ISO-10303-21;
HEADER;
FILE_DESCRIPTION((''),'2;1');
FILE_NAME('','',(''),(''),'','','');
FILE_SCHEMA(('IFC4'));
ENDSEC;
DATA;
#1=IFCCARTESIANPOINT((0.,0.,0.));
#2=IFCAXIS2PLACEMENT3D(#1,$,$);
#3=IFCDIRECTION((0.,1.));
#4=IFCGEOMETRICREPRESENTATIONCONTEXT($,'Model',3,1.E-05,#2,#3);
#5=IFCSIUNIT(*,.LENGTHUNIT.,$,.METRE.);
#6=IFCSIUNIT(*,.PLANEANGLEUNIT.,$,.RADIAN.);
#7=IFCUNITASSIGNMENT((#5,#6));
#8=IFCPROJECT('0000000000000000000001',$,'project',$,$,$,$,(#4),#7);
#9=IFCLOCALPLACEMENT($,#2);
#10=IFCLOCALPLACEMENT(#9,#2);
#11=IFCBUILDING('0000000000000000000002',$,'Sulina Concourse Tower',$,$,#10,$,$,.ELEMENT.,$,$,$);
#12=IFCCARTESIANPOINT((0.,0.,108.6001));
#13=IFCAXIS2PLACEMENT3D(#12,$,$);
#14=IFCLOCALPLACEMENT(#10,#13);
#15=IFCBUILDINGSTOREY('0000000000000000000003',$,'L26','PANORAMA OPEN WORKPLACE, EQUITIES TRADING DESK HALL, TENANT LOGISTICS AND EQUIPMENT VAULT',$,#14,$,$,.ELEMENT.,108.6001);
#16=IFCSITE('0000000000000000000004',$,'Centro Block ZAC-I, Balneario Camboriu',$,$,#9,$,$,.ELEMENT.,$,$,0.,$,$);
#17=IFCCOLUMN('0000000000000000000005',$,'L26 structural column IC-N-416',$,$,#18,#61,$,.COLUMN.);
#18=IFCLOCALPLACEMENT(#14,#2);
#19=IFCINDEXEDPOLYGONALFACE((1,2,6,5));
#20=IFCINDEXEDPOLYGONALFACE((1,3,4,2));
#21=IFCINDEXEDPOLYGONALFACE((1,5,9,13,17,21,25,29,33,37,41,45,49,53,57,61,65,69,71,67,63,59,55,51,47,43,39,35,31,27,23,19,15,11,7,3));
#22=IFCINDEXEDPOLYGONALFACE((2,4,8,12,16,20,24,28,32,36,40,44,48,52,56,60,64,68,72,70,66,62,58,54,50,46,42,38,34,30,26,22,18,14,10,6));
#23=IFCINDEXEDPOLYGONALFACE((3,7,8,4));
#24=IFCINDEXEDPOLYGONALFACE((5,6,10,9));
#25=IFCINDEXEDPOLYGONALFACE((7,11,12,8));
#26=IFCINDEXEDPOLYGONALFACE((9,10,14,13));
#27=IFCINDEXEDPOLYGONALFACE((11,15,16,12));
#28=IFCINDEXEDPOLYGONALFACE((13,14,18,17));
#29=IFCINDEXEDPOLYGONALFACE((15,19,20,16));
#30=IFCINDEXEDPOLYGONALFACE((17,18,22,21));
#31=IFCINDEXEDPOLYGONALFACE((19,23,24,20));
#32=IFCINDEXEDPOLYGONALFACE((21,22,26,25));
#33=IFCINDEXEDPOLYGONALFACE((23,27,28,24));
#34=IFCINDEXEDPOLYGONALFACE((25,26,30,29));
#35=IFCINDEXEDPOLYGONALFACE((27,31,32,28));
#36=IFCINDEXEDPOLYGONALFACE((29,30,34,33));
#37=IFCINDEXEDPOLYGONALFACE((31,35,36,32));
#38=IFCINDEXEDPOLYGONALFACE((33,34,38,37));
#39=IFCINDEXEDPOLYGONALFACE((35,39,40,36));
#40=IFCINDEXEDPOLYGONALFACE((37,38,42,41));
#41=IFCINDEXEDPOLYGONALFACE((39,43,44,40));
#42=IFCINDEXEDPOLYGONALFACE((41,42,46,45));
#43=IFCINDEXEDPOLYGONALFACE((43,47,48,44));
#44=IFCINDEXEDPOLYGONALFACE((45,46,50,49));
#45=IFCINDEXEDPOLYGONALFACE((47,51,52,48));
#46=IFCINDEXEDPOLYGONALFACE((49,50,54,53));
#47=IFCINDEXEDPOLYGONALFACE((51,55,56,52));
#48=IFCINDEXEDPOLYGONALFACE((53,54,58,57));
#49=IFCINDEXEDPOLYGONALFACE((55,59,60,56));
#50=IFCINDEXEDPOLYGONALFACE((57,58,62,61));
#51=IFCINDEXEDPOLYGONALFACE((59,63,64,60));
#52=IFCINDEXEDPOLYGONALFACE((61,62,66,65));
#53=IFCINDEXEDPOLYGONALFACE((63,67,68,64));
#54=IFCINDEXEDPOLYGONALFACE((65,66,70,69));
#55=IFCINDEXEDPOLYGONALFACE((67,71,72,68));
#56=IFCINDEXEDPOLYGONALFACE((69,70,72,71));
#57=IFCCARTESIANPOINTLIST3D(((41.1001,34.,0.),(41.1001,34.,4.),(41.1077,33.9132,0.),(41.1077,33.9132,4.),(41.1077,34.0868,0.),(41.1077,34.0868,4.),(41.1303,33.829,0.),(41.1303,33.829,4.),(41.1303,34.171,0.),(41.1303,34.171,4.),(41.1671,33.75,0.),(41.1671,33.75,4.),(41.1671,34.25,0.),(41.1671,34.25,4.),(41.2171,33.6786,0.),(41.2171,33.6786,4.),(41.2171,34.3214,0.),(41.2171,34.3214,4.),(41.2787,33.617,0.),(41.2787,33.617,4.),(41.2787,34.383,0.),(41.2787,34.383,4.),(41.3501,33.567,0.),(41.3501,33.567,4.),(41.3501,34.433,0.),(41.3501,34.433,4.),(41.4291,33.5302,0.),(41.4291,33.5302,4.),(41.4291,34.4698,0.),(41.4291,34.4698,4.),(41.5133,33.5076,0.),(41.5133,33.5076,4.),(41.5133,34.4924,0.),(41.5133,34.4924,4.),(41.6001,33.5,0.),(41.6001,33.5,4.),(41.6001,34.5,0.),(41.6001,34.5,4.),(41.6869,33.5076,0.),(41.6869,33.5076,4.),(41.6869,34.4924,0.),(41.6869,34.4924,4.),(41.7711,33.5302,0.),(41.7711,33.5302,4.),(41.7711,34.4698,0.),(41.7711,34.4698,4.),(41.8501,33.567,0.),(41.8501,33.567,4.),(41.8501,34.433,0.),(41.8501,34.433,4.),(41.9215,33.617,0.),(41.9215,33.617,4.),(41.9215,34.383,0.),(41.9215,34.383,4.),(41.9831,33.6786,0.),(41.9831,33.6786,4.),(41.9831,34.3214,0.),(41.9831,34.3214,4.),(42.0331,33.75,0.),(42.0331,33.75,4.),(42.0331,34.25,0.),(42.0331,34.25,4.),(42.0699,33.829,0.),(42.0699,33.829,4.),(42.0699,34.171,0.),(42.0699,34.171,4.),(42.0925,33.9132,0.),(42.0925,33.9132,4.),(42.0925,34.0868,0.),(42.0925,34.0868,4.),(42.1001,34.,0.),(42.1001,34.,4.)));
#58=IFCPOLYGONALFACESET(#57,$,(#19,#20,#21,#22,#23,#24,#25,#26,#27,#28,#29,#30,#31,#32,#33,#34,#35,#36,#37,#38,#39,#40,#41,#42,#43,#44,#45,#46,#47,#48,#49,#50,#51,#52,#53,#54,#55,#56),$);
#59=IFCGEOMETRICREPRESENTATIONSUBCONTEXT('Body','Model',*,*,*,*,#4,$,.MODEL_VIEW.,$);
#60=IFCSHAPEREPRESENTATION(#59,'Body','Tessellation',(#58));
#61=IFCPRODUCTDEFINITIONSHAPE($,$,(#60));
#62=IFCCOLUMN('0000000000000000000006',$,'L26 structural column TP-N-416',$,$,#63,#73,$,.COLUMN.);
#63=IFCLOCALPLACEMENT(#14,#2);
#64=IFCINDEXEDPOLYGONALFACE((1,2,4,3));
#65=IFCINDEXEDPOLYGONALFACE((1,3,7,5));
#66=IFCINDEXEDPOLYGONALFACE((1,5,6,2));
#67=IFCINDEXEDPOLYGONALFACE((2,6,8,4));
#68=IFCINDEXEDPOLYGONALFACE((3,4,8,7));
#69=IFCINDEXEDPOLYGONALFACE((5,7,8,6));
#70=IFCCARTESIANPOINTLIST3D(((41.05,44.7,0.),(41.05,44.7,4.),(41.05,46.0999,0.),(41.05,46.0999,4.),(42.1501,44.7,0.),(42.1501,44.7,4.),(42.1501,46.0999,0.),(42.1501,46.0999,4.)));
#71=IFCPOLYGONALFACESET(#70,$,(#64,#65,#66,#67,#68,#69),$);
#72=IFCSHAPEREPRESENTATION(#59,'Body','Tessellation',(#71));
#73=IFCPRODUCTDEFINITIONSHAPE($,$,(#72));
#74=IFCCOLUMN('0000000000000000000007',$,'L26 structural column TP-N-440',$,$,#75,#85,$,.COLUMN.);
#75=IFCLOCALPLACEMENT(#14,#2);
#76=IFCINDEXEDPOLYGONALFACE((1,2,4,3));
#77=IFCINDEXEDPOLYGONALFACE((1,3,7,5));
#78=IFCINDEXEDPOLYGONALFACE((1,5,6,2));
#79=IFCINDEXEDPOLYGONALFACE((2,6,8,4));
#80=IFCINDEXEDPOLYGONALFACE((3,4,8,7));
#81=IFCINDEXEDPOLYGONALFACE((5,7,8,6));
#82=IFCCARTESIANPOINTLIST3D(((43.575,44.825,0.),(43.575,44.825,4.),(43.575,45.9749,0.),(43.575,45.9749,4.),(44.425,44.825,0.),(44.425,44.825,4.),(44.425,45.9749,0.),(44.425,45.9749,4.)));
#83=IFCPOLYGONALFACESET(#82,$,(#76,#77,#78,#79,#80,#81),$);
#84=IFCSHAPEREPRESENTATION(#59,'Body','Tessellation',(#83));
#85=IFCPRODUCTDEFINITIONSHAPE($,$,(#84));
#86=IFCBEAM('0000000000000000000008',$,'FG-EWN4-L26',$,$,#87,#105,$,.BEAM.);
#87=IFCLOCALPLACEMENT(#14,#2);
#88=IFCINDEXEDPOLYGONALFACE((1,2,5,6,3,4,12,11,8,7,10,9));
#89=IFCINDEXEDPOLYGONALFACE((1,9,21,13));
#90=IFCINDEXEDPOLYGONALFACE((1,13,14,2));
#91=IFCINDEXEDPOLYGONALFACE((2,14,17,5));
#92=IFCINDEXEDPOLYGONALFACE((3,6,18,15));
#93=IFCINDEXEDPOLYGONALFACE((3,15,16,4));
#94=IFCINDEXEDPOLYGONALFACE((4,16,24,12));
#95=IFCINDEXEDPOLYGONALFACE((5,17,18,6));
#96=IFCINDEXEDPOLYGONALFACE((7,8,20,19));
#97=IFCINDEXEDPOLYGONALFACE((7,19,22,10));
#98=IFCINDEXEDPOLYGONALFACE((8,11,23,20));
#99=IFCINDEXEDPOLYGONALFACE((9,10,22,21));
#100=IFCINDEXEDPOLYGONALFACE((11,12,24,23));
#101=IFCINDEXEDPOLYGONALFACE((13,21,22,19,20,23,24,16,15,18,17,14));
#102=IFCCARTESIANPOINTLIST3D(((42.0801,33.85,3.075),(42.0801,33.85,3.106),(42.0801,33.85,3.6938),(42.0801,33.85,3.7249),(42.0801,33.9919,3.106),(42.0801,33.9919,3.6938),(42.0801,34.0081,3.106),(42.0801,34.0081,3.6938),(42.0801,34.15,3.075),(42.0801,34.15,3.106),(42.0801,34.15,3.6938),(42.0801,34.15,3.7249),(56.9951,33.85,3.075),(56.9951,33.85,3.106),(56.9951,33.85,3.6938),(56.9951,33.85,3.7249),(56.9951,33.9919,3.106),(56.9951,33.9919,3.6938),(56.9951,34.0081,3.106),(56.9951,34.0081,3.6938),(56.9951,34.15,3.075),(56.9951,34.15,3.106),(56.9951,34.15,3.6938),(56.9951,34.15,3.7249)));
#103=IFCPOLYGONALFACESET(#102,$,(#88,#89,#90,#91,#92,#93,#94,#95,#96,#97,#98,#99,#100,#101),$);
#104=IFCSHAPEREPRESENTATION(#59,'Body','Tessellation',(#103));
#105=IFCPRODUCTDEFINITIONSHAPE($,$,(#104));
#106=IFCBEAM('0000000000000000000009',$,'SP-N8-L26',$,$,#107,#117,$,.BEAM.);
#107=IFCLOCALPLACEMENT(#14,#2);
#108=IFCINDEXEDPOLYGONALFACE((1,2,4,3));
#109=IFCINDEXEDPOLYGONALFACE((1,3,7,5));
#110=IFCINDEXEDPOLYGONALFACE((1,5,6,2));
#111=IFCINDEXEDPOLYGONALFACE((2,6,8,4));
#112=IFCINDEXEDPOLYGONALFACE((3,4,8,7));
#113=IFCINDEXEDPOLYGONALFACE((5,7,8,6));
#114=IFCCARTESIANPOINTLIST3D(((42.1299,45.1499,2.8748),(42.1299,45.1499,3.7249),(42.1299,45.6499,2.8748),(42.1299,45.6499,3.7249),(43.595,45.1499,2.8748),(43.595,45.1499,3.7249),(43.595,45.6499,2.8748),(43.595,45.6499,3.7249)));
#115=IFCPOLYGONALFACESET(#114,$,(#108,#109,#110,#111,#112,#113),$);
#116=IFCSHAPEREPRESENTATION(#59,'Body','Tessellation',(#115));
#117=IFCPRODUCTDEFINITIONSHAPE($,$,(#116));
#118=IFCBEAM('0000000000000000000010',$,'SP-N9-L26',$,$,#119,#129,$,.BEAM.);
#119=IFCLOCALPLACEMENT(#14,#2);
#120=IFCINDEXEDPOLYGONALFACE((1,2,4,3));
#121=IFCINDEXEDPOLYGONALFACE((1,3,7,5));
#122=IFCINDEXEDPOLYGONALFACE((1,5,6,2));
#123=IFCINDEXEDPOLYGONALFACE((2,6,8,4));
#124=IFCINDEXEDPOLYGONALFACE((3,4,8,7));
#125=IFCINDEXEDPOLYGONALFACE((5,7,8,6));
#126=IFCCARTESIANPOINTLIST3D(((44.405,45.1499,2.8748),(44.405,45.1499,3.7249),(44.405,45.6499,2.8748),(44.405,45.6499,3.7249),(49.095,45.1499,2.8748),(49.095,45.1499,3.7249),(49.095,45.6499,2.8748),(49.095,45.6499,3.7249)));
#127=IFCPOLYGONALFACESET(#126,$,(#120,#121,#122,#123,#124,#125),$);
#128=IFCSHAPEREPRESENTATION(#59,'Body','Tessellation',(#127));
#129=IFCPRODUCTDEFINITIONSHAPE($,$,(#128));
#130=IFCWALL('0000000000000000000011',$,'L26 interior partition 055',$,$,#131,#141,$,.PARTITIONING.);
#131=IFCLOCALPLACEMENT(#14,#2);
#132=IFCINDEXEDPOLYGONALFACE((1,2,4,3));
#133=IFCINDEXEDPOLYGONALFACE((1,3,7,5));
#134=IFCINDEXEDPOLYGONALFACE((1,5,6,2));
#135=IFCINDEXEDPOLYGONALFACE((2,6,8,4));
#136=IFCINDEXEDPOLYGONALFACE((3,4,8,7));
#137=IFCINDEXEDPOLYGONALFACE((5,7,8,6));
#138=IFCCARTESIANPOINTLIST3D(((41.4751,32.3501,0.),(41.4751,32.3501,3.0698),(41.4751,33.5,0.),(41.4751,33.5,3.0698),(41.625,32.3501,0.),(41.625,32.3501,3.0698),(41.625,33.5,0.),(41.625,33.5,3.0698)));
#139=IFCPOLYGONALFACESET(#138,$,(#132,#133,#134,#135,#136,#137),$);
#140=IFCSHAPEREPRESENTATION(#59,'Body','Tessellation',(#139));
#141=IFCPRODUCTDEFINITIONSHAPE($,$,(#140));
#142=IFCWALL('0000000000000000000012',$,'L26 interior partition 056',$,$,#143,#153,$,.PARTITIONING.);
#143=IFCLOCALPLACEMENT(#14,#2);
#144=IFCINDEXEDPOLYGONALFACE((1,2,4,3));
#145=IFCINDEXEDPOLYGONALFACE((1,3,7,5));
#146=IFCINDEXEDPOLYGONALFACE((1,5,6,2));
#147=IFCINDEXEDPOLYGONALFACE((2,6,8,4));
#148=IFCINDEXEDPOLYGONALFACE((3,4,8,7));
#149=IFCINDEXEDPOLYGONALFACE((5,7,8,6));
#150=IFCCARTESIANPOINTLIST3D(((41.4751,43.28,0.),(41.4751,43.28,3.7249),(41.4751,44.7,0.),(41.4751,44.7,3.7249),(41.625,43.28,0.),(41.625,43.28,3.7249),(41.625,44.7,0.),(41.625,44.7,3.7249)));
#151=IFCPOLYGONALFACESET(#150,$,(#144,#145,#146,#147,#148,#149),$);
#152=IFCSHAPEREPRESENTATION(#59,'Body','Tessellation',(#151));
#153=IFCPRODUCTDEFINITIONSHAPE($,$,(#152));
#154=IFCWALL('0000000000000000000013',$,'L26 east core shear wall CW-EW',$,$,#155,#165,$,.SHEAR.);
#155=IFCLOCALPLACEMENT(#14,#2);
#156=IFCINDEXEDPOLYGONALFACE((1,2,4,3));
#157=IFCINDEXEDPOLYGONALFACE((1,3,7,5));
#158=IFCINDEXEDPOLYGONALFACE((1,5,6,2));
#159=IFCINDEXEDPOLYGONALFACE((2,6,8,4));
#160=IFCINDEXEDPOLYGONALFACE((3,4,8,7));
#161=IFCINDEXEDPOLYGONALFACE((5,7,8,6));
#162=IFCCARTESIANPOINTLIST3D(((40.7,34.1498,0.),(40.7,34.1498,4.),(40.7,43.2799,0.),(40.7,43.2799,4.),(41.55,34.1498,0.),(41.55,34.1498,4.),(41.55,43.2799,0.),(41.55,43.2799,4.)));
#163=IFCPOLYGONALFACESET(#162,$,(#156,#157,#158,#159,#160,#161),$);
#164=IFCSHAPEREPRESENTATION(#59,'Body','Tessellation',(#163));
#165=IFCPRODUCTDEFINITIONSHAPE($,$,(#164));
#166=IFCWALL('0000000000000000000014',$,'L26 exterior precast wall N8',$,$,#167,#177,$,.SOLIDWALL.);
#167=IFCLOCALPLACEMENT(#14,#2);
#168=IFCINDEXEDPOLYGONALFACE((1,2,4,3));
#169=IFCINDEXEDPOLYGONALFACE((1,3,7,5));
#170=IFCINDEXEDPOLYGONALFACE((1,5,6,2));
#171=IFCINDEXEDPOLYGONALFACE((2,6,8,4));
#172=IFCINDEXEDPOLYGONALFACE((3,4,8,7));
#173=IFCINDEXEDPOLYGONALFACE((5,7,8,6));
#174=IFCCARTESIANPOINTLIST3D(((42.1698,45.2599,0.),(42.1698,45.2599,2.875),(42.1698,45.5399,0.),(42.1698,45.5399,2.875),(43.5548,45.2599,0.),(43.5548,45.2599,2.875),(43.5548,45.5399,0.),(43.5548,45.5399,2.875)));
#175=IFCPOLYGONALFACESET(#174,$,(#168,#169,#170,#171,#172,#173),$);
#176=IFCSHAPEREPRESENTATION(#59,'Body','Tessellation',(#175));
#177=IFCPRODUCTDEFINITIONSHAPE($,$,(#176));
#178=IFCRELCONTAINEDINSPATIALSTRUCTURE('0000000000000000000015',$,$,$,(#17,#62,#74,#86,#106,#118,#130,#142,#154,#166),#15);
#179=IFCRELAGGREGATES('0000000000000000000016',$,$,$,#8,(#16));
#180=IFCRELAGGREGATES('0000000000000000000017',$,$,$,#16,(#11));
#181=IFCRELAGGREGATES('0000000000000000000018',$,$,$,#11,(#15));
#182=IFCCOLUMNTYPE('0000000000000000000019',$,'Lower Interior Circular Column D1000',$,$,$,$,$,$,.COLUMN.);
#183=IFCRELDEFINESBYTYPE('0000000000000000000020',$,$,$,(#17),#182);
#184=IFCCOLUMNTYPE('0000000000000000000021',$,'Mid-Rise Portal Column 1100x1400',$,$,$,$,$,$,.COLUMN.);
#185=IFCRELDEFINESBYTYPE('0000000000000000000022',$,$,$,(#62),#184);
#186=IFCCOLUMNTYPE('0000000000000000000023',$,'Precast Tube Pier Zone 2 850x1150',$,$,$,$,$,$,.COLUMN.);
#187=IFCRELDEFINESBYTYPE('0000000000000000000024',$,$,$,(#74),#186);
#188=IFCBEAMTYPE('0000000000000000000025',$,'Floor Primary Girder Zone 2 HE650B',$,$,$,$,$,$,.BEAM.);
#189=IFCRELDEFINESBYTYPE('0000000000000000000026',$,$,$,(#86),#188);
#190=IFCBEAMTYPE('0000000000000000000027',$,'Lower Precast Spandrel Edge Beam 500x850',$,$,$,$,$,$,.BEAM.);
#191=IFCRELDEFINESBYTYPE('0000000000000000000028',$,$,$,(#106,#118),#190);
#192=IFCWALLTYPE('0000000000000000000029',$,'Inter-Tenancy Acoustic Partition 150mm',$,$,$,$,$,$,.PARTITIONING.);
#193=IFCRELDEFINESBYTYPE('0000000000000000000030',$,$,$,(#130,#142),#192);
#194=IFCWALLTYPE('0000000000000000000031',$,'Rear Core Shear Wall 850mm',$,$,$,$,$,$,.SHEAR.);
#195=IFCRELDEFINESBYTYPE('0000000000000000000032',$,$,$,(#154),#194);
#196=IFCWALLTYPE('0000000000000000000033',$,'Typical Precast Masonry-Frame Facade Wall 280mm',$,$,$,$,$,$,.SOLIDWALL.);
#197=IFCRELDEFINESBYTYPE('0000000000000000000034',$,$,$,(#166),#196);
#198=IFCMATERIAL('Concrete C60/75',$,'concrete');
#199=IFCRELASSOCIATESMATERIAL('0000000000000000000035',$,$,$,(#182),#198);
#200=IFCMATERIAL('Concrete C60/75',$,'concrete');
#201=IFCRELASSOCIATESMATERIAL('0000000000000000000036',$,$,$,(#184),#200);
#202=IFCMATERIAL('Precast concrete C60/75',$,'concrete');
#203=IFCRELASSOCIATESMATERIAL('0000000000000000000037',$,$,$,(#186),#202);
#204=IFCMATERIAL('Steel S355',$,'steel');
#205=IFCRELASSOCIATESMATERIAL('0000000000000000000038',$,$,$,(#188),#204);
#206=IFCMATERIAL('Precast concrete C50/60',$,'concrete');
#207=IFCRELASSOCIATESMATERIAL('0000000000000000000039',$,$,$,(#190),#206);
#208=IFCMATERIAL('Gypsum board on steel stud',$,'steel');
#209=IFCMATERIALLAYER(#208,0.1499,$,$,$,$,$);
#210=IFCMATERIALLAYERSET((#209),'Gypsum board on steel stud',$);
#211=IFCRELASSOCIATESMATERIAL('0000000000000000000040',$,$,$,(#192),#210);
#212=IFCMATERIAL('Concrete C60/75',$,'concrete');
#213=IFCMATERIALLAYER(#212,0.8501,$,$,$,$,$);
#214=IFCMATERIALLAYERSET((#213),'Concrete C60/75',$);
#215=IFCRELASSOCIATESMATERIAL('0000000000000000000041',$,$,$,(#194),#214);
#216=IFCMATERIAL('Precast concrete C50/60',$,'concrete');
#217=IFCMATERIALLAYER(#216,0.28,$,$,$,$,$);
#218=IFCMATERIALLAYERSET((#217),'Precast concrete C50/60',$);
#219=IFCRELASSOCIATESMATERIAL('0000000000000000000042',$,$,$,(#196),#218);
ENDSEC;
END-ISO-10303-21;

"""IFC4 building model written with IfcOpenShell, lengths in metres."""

from ifc_helpers import new_model, si_unit, direction, frame, frame_2d, origin, origin_2d, place, context, subcontext, project, spatial, rectangle, circle, i_section, extrude, material, layer, layer_set, material_profile, profile_set, type_object, element, save


model = new_model("IFC4")

# Units and contexts
model_context = context("Model", 3, precision=1e-05, world=origin(), true_north=direction((0.0, 1.0)))
body_context = subcontext(model_context, "Body", "Model", "MODEL_VIEW")
ifc_project = project(units=[si_unit("LENGTHUNIT", "METRE"), si_unit("PLANEANGLEUNIT", "RADIAN")], contexts=[model_context])

# Site, building, storey
site_placement = place(None, origin())
site = spatial("IfcSite", under=ifc_project, at=site_placement, Name="Centro Block ZAC-I, Balneario Camboriu", CompositionType="ELEMENT", RefElevation=0.0)
building_placement = place(site_placement, origin())
building = spatial("IfcBuilding", under=site, at=building_placement, Name="Sulina Concourse Tower", CompositionType="ELEMENT")
storey_placement = place(building_placement, frame((0.0, 0.0, 108.6001)))
storey = spatial("IfcBuildingStorey", under=building, at=storey_placement, Name="L26", Description="PANORAMA OPEN WORKPLACE, EQUITIES TRADING DESK HALL, TENANT LOGISTICS AND EQUIPMENT VAULT", CompositionType="ELEMENT", Elevation=108.6001)

# Columns
ifc_material_1 = material(Name="Concrete C60/75", Category="concrete")
ifc_material_profile_1 = material_profile(ifc_material_1, circle(Radius=0.5, at=origin_2d()), Name="RC D1000")
ifc_profile_set_1 = profile_set([ifc_material_profile_1], Name="Concrete C60/75")
column_type_1 = type_object("IfcColumnType", Name="Lower Interior Circular Column D1000", PredefinedType="COLUMN", material=ifc_profile_set_1)
column_1_placement = place(storey_placement, frame((41.6001, 34.0, 0.0), z_axis=(0.0, 0.0, 1.0), x_axis=(1.0, 0.0, 0.0)))
element("IfcColumn", 1, at=column_1_placement, inside=storey, type_object=column_type_1, Name="L26 structural column IC-N-416", PredefinedType="COLUMN", context=body_context, shape_type="SweptSolid", body=[
    extrude(circle(Radius=0.5, at=origin_2d()), origin(), (0.0, 0.0, 1.0), 4.0),
])
ifc_material_2 = material(Name="Concrete C60/75", Category="concrete")
ifc_material_profile_2 = material_profile(ifc_material_2, rectangle(XDim=1.1001, YDim=1.3999, at=origin_2d()), Name="RC 1100x1400")
ifc_profile_set_2 = profile_set([ifc_material_profile_2], Name="Concrete C60/75")
column_type_2 = type_object("IfcColumnType", Name="Mid-Rise Portal Column 1100x1400", PredefinedType="COLUMN", material=ifc_profile_set_2)
column_2_placement = place(storey_placement, frame((41.6001, 45.3999, 0.0), z_axis=(0.0, 0.0, 1.0), x_axis=(1.0, 0.0, 0.0)))
element("IfcColumn", 2, at=column_2_placement, inside=storey, type_object=column_type_2, Name="L26 structural column TP-N-416", PredefinedType="COLUMN", context=body_context, shape_type="SweptSolid", body=[
    extrude(rectangle(XDim=1.1001, YDim=1.3999, at=origin_2d()), origin(), (0.0, 0.0, 1.0), 4.0),
])
ifc_material_3 = material(Name="Precast concrete C60/75", Category="concrete")
ifc_material_profile_3 = material_profile(ifc_material_3, rectangle(XDim=0.8501, YDim=1.1499, at=origin_2d()), Name="PC 850x1150")
ifc_profile_set_3 = profile_set([ifc_material_profile_3], Name="Precast concrete C60/75")
column_type_3 = type_object("IfcColumnType", Name="Precast Tube Pier Zone 2 850x1150", PredefinedType="COLUMN", material=ifc_profile_set_3)
column_3_placement = place(storey_placement, frame((44.0, 45.3999, 0.0), z_axis=(0.0, 0.0, 1.0), x_axis=(1.0, 0.0, 0.0)))
element("IfcColumn", 3, at=column_3_placement, inside=storey, type_object=column_type_3, Name="L26 structural column TP-N-440", PredefinedType="COLUMN", context=body_context, shape_type="SweptSolid", body=[
    extrude(rectangle(XDim=0.8501, YDim=1.1499, at=origin_2d()), origin(), (0.0, 0.0, 1.0), 4.0),
])

# Beams
ifc_material_4 = material(Name="Steel S355", Category="steel")
ifc_material_profile_4 = material_profile(ifc_material_4, i_section(OverallWidth=0.3, OverallDepth=0.6499, WebThickness=0.0161, FlangeThickness=0.031, at=origin_2d()), Name="HE 650 B")
ifc_profile_set_4 = profile_set([ifc_material_profile_4], Name="Steel S355")
beam_type_1 = type_object("IfcBeamType", Name="Floor Primary Girder Zone 2 HE650B", PredefinedType="BEAM", material=ifc_profile_set_4)
beam_1_placement = place(storey_placement, frame((42.0801, 34.0, 3.3999), z_axis=(1.0, 0.0, 0.0), x_axis=(0.0, 1.0, 0.0)))
element("IfcBeam", 4, at=beam_1_placement, inside=storey, type_object=beam_type_1, Name="FG-EWN4-L26", PredefinedType="BEAM", context=body_context, shape_type="SweptSolid", body=[
    extrude(i_section(OverallWidth=0.3, OverallDepth=0.6499, WebThickness=0.0161, FlangeThickness=0.031, at=origin_2d()), origin(), (0.0, 0.0, 1.0), 14.915),
])
ifc_material_5 = material(Name="Precast concrete C50/60", Category="concrete")
ifc_material_profile_5 = material_profile(ifc_material_5, rectangle(XDim=0.5, YDim=0.8501, at=origin_2d()), Name="RC 500x850")
ifc_profile_set_5 = profile_set([ifc_material_profile_5], Name="Precast concrete C50/60")
beam_type_2 = type_object("IfcBeamType", Name="Lower Precast Spandrel Edge Beam 500x850", PredefinedType="BEAM", material=ifc_profile_set_5)
beam_2_placement = place(storey_placement, frame((42.1299, 45.3999, 3.2998), z_axis=(1.0, 0.0, 0.0), x_axis=(0.0, 1.0, 0.0)))
element("IfcBeam", 5, at=beam_2_placement, inside=storey, type_object=beam_type_2, Name="SP-N8-L26", PredefinedType="BEAM", context=body_context, shape_type="SweptSolid", body=[
    extrude(rectangle(XDim=0.5, YDim=0.8501, at=origin_2d()), origin(), (0.0, 0.0, 1.0), 1.4651),
])
beam_3_placement = place(storey_placement, frame((44.405, 45.3999, 3.2998), z_axis=(1.0, 0.0, 0.0), x_axis=(0.0, 1.0, 0.0)))
element("IfcBeam", 6, at=beam_3_placement, inside=storey, type_object=beam_type_2, Name="SP-N9-L26", PredefinedType="BEAM", context=body_context, shape_type="SweptSolid", body=[
    extrude(rectangle(XDim=0.5, YDim=0.8501, at=origin_2d()), origin(), (0.0, 0.0, 1.0), 4.6899),
])

# Walls
ifc_material_6 = material(Name="Gypsum board on steel stud", Category="steel")
ifc_layer_1 = layer(ifc_material_6, 0.1499)
ifc_layer_set_1 = layer_set([ifc_layer_1], Name="Gypsum board on steel stud")
wall_type_1 = type_object("IfcWallType", Name="Inter-Tenancy Acoustic Partition 150mm", PredefinedType="PARTITIONING", material=ifc_layer_set_1)
wall_1_placement = place(storey_placement, frame((41.55, 32.3501, 0.0), z_axis=(0.0, 0.0, 1.0), x_axis=(0.0, 1.0, 0.0)))
element("IfcWall", 7, at=wall_1_placement, inside=storey, type_object=wall_type_1, Name="L26 interior partition 055", PredefinedType="PARTITIONING", context=body_context, shape_type="SweptSolid", body=[
    extrude(rectangle(XDim=1.1499, YDim=0.1499, at=frame_2d((0.575, 0.0))), origin(), (0.0, 0.0, 1.0), 3.0698),
])
wall_2_placement = place(storey_placement, frame((41.55, 43.28, 0.0), z_axis=(0.0, 0.0, 1.0), x_axis=(0.0, 1.0, 0.0)))
element("IfcWall", 8, at=wall_2_placement, inside=storey, type_object=wall_type_1, Name="L26 interior partition 056", PredefinedType="PARTITIONING", context=body_context, shape_type="SweptSolid", body=[
    extrude(rectangle(XDim=1.4199, YDim=0.1499, at=frame_2d((0.71, 0.0))), origin(), (0.0, 0.0, 1.0), 3.7249),
])
ifc_material_7 = material(Name="Concrete C60/75", Category="concrete")
ifc_layer_2 = layer(ifc_material_7, 0.8501)
ifc_layer_set_2 = layer_set([ifc_layer_2], Name="Concrete C60/75")
wall_type_2 = type_object("IfcWallType", Name="Rear Core Shear Wall 850mm", PredefinedType="SHEAR", material=ifc_layer_set_2)
wall_3_placement = place(storey_placement, frame((41.125, 34.1499, 0.0), z_axis=(0.0, 0.0, 1.0), x_axis=(0.0, 1.0, 0.0)))
element("IfcWall", 9, at=wall_3_placement, inside=storey, type_object=wall_type_2, Name="L26 east core shear wall CW-EW", PredefinedType="SHEAR", context=body_context, shape_type="SweptSolid", body=[
    extrude(rectangle(XDim=9.1301, YDim=0.8501, at=frame_2d((4.5649, 0.0))), origin(), (0.0, 0.0, 1.0), 4.0),
])
ifc_material_8 = material(Name="Precast concrete C50/60", Category="concrete")
ifc_layer_3 = layer(ifc_material_8, 0.28)
ifc_layer_set_3 = layer_set([ifc_layer_3], Name="Precast concrete C50/60")
wall_type_3 = type_object("IfcWallType", Name="Typical Precast Masonry-Frame Facade Wall 280mm", PredefinedType="SOLIDWALL", material=ifc_layer_set_3)
wall_4_placement = place(storey_placement, frame((42.1699, 45.3999, 0.0), z_axis=(0.0, 0.0, 1.0), x_axis=(1.0, 0.0, 0.0)))
element("IfcWall", 10, at=wall_4_placement, inside=storey, type_object=wall_type_3, Name="L26 exterior precast wall N8", PredefinedType="SOLIDWALL", context=body_context, shape_type="SweptSolid", body=[
    extrude(rectangle(XDim=1.385, YDim=0.28, at=frame_2d((0.6924, 0.0))), origin(), (0.0, 0.0, 1.0), 2.875),
])

save(model, "model.ifc")
